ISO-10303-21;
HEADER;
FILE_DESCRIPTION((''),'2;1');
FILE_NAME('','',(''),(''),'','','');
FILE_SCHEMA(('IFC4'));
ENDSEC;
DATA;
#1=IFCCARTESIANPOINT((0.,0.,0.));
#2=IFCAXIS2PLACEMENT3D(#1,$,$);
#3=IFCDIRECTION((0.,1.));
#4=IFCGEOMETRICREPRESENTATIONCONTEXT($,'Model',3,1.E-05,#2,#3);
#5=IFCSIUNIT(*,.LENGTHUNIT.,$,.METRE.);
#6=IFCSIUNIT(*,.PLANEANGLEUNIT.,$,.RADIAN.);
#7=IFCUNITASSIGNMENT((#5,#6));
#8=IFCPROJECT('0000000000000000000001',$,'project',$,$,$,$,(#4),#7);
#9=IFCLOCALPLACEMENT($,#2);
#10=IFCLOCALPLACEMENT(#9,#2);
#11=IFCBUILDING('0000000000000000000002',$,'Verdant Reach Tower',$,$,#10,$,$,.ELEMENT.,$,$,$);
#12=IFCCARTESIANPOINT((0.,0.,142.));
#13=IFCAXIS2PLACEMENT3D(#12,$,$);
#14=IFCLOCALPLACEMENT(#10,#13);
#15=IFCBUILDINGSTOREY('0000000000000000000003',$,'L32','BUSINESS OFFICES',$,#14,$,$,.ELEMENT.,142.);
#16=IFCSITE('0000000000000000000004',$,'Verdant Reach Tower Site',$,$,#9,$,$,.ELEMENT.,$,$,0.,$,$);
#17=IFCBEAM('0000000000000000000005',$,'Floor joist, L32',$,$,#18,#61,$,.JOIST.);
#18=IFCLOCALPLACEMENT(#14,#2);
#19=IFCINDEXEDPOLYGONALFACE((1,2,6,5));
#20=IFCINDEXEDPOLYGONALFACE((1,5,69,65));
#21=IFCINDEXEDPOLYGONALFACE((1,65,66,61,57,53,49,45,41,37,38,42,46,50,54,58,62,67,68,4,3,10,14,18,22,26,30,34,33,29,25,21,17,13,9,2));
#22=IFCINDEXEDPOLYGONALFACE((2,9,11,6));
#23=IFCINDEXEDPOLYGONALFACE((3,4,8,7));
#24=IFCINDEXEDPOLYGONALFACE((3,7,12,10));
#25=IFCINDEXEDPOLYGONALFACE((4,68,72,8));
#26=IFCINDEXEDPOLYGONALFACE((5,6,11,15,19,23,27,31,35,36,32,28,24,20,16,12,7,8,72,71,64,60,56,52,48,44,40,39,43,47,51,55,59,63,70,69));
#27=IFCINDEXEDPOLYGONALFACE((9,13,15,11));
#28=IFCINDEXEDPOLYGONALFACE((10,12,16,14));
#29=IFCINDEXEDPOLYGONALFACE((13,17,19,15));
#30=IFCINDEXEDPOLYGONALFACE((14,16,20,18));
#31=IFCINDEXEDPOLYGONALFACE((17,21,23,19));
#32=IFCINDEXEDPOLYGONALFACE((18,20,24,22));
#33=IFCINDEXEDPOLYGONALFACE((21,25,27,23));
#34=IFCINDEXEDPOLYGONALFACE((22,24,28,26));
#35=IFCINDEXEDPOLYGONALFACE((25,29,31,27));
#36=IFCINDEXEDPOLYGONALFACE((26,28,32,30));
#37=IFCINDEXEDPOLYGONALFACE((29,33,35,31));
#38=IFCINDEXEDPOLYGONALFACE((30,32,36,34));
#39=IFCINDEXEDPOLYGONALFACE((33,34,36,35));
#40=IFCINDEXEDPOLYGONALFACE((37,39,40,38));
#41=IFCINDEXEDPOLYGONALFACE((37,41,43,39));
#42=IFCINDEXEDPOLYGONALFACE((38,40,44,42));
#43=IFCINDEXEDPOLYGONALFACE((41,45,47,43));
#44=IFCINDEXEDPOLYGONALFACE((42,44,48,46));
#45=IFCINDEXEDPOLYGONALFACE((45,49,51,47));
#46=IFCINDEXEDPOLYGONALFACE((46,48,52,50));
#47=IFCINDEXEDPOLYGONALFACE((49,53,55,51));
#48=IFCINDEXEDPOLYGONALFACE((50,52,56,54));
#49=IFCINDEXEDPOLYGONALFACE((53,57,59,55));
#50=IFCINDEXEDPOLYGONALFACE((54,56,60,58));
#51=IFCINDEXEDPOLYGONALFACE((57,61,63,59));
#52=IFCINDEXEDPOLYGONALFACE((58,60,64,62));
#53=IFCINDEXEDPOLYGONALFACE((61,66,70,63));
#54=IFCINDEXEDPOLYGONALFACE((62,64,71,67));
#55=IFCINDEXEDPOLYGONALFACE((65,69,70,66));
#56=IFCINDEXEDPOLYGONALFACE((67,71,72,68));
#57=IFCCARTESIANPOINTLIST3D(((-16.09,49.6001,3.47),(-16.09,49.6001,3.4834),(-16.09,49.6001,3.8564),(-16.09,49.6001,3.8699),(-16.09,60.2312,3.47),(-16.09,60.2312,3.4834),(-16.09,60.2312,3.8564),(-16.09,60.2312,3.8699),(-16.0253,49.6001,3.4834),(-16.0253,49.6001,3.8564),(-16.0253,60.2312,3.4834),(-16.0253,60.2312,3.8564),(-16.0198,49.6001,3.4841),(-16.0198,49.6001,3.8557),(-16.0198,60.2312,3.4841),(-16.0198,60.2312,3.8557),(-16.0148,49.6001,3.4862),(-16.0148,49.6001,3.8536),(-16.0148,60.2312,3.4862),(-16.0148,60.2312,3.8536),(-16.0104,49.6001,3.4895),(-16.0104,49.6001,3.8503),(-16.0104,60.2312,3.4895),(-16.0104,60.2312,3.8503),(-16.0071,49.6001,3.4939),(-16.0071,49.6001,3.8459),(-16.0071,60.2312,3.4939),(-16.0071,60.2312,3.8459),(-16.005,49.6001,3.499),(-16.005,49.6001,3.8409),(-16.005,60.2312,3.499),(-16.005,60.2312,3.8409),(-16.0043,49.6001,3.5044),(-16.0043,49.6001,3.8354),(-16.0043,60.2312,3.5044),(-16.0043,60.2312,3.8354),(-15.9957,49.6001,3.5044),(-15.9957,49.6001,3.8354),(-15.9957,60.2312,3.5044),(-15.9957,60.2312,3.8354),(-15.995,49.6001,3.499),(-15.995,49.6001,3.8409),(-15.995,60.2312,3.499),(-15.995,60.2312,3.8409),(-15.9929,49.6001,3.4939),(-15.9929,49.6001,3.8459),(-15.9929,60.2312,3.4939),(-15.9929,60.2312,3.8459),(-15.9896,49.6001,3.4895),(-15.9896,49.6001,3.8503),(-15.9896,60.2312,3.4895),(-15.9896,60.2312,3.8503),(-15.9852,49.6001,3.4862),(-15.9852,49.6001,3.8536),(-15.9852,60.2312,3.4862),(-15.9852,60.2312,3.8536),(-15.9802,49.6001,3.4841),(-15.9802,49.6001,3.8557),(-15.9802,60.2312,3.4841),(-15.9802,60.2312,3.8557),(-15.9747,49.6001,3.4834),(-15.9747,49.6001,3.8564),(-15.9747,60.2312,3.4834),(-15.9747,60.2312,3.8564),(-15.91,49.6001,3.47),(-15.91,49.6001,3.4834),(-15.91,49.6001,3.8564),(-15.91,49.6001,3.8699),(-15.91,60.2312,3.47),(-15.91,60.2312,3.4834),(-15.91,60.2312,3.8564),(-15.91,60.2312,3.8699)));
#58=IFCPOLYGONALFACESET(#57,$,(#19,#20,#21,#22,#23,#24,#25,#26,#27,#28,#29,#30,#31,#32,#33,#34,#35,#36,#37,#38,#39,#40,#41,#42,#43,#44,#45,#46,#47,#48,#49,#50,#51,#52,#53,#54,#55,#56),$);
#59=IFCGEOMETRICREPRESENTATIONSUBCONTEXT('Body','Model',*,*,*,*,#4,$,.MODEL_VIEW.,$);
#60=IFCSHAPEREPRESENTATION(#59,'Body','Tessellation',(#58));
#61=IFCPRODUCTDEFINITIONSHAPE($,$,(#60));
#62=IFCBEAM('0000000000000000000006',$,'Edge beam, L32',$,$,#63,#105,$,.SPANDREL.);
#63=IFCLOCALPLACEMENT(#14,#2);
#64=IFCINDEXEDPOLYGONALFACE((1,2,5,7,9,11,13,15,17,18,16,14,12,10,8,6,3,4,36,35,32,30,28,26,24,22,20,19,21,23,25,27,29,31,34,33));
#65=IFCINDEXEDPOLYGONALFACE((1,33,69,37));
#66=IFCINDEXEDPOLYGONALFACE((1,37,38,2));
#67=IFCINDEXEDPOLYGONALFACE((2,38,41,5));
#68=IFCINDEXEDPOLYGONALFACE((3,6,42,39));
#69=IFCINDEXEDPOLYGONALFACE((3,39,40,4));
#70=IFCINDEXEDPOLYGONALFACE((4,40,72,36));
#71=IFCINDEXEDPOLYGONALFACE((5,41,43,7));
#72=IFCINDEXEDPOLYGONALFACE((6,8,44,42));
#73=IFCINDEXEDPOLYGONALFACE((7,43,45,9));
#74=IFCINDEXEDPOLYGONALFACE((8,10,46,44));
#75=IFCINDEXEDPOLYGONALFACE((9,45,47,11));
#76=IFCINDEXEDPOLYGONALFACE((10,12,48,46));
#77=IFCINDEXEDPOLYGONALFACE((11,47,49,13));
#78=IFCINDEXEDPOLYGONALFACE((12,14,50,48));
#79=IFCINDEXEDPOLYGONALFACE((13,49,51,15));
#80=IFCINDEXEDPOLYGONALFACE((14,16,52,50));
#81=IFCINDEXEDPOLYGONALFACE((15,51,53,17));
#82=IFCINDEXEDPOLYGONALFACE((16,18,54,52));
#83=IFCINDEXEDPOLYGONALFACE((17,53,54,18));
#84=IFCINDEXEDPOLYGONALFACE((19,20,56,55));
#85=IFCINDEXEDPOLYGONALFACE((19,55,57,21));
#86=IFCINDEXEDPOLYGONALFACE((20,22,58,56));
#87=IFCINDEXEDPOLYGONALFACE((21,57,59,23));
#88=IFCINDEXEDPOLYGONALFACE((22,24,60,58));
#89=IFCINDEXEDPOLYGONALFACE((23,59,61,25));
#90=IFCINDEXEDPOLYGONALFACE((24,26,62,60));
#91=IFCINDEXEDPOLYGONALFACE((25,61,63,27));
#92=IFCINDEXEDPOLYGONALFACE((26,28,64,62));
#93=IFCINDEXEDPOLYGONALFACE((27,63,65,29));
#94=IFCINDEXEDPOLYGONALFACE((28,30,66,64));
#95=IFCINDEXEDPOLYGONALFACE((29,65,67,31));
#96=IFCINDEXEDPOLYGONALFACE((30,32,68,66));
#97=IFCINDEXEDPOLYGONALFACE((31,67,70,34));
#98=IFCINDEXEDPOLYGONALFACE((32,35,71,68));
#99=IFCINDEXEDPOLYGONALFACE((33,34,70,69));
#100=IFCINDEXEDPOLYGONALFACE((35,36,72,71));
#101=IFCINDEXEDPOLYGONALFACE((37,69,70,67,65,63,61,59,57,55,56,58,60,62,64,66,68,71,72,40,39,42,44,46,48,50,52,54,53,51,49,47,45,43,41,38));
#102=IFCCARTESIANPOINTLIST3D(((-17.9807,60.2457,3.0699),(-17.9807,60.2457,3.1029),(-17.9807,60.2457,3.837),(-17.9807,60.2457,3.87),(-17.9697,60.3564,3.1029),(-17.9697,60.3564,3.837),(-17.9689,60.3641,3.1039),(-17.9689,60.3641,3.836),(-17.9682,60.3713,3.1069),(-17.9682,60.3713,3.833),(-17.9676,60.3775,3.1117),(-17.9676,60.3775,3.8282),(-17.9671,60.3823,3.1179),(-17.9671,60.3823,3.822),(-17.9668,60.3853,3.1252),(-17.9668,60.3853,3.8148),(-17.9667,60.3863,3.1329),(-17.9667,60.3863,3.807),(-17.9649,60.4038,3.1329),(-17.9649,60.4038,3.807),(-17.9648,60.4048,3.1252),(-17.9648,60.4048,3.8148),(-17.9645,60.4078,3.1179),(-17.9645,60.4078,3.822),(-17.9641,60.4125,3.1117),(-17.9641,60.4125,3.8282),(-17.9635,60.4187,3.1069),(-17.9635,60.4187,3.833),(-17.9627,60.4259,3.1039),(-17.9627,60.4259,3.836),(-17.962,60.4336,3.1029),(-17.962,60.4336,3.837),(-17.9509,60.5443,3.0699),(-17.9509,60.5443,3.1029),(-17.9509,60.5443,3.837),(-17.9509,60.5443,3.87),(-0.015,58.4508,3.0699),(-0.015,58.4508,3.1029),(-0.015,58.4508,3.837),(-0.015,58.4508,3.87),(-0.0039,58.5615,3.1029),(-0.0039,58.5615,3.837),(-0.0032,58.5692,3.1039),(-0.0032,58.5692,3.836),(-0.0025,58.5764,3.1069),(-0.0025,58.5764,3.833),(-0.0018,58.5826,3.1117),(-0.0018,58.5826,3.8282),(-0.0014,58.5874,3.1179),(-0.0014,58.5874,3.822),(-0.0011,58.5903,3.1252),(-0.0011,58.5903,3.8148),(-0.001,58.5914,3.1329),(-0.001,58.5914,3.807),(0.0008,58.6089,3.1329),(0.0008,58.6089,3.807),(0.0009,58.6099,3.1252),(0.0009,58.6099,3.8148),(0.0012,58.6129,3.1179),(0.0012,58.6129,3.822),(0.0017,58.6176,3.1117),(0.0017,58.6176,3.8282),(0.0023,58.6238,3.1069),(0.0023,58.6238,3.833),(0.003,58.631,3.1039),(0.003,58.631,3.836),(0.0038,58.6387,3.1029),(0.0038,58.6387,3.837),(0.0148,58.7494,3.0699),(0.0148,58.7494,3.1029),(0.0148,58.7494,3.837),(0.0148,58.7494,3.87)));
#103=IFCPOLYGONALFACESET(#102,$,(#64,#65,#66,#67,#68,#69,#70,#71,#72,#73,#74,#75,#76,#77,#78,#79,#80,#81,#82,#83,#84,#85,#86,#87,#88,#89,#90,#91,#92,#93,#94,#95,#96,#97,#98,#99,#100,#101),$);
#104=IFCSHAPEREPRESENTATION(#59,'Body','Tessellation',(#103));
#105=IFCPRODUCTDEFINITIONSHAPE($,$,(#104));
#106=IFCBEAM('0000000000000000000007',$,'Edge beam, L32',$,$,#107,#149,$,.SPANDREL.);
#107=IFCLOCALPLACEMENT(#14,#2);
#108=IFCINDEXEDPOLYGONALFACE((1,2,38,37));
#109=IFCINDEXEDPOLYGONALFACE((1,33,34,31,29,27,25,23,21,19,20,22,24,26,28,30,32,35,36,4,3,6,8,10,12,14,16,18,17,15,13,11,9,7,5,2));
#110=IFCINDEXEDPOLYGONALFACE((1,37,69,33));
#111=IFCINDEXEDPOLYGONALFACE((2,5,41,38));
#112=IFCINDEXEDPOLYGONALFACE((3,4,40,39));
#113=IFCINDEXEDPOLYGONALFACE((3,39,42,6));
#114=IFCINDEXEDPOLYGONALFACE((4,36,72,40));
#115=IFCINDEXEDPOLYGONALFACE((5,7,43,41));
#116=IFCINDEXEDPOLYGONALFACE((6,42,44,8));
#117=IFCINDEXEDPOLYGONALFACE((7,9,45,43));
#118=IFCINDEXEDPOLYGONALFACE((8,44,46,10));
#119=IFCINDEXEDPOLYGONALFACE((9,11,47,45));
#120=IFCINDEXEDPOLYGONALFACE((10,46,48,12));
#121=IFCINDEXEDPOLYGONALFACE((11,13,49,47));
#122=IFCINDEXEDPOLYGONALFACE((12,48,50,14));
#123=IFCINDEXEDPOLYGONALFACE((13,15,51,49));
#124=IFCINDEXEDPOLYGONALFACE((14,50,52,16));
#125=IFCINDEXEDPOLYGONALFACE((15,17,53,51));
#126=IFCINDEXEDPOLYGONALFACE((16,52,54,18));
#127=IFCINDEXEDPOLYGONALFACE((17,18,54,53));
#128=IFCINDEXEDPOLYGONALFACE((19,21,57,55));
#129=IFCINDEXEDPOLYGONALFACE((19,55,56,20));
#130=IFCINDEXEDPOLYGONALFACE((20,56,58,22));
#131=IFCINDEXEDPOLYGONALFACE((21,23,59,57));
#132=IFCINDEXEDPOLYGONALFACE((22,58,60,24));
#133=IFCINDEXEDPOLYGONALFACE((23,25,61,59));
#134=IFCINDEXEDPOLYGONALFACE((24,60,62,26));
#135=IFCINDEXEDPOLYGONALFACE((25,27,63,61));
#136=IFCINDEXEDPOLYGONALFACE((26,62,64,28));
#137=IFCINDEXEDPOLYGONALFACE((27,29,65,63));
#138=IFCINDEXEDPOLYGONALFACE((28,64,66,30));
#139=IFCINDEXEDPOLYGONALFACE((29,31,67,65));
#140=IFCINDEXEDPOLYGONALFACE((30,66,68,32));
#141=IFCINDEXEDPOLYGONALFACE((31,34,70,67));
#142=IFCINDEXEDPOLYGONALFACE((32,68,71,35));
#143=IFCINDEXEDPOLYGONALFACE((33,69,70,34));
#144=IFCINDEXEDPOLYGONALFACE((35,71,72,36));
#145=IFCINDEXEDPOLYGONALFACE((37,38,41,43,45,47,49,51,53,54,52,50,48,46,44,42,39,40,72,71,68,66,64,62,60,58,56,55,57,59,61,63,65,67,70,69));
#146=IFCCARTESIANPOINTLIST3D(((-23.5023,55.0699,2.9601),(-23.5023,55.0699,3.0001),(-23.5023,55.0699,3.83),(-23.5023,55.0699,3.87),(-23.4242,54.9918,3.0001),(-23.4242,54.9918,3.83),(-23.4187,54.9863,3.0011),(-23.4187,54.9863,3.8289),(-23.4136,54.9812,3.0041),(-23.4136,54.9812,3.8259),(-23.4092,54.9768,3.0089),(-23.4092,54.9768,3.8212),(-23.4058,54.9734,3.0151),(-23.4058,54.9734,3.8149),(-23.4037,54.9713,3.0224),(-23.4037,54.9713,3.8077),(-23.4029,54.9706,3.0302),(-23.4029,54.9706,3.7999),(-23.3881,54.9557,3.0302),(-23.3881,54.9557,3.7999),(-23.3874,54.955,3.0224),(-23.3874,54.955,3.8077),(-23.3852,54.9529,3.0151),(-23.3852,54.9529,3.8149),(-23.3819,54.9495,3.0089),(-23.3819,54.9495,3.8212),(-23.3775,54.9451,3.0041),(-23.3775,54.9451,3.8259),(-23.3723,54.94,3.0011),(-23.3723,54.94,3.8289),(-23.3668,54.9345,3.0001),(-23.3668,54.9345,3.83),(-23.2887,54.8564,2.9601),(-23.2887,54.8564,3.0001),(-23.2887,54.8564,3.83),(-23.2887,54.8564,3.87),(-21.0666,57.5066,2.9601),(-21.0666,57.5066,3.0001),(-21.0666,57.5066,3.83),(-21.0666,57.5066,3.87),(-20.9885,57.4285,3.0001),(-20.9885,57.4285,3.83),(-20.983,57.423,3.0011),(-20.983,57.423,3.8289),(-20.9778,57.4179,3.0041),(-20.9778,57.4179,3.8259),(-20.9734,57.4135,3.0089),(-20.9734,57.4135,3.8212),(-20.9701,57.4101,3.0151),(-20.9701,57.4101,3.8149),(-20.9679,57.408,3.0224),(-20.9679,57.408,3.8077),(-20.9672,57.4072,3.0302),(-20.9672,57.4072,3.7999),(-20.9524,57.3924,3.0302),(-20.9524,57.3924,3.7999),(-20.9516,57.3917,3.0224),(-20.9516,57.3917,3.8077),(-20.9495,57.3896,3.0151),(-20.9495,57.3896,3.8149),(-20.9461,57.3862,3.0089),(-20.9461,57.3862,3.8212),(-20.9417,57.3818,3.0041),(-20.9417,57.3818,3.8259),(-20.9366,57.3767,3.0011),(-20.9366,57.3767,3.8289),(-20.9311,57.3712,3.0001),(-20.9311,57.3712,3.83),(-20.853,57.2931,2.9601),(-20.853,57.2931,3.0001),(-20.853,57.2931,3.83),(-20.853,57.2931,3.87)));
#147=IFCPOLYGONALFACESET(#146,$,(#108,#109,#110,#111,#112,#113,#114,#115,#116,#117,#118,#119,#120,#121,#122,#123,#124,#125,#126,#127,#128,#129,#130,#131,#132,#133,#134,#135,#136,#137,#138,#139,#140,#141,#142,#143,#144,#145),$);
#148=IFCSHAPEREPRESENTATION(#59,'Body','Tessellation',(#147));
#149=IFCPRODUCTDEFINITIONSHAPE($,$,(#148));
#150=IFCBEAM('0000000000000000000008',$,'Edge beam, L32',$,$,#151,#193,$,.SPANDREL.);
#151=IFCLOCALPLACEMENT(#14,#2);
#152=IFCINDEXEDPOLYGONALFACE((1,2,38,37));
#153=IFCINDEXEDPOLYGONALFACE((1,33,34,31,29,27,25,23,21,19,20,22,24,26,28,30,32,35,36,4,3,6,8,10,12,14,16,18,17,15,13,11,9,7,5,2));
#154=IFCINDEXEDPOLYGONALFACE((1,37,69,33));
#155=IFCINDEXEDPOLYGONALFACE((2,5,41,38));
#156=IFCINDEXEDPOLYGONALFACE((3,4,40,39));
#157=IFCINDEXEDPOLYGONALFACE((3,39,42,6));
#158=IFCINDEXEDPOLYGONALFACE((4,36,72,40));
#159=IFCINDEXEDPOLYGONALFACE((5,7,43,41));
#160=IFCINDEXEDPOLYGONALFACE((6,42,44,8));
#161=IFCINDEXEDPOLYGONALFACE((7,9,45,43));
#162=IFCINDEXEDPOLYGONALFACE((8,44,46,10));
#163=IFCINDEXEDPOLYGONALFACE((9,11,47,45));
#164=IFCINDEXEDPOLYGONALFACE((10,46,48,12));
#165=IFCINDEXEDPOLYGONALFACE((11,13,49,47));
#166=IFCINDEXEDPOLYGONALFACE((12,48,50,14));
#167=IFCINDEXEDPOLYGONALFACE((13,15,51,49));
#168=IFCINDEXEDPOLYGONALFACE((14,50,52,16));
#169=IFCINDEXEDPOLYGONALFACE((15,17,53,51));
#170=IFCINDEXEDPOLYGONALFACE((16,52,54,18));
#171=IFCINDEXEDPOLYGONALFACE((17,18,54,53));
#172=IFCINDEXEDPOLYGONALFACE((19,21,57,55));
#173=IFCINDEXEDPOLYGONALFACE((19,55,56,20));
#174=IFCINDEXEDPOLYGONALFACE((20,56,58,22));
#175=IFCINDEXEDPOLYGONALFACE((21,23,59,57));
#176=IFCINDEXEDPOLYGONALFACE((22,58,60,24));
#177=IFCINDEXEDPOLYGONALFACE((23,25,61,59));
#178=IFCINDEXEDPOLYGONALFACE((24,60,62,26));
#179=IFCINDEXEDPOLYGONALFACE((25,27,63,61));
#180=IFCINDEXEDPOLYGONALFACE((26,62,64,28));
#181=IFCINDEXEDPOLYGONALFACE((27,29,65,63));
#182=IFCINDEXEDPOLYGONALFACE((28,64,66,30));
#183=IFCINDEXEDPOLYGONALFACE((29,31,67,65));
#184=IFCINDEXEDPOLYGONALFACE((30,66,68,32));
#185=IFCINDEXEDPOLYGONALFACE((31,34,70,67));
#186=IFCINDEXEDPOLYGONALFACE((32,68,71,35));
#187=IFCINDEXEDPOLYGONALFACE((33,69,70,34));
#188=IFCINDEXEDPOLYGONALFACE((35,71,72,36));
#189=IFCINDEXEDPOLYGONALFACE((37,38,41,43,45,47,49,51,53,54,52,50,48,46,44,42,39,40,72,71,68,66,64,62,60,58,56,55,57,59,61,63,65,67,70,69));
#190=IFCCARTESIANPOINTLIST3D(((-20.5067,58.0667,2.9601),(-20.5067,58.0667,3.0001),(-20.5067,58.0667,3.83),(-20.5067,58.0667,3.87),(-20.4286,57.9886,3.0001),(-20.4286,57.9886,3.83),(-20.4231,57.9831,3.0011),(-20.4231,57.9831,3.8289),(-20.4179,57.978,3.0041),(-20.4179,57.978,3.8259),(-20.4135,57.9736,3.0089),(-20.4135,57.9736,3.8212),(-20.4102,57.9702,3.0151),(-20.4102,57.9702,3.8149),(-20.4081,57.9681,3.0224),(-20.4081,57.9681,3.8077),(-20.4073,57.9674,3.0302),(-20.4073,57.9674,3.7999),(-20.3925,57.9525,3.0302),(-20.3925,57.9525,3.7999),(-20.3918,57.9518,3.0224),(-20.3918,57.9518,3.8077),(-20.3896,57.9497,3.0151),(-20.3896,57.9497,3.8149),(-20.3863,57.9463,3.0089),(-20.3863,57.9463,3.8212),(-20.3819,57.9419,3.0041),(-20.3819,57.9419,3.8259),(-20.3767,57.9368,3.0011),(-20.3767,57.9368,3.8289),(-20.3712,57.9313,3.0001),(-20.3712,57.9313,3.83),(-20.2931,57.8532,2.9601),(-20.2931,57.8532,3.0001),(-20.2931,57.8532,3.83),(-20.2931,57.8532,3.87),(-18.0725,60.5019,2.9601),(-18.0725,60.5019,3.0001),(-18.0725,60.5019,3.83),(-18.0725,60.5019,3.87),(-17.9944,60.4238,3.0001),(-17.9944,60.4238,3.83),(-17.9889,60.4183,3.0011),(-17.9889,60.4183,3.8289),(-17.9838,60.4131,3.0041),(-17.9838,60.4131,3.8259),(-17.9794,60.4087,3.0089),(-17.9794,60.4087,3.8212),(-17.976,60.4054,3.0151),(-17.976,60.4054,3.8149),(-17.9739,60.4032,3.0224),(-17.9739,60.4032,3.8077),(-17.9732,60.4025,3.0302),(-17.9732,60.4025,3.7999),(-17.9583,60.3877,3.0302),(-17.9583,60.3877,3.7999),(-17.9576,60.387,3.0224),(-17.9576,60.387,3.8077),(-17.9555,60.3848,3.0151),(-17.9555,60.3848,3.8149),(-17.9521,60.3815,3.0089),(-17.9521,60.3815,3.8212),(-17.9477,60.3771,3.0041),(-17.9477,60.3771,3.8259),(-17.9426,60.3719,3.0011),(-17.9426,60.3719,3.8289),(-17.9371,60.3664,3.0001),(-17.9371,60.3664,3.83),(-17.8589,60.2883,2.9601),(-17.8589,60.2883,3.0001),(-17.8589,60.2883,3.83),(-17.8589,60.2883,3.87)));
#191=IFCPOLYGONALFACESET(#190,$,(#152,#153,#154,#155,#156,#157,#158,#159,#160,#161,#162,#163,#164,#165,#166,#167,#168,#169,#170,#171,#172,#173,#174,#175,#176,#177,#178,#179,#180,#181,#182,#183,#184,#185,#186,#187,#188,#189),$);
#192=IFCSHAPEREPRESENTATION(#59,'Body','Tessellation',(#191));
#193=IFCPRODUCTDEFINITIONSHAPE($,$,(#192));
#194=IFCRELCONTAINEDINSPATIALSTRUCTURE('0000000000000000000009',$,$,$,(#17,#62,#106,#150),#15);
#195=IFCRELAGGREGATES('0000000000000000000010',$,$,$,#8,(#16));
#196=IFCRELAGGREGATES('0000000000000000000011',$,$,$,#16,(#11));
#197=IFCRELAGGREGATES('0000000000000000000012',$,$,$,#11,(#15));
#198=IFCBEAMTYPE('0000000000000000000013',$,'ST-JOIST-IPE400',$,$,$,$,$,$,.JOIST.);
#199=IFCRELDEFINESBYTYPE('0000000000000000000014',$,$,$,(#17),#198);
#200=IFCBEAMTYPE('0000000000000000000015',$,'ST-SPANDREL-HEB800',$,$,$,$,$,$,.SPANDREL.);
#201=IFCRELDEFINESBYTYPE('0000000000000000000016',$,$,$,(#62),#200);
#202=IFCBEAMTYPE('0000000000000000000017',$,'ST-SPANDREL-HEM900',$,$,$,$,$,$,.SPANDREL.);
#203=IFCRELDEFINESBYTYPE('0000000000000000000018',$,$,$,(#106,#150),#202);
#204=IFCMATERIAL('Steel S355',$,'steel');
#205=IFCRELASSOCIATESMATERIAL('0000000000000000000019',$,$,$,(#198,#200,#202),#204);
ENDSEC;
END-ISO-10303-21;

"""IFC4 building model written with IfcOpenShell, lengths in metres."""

from ifc_helpers import new_model, si_unit, direction, frame, origin, origin_2d, place, context, subcontext, project, spatial, i_section, extrude, material, material_profile, profile_set, type_object, element, save


model = new_model("IFC4")

# Units and contexts
model_context = context("Model", 3, precision=1e-05, world=origin(), true_north=direction((0.0, 1.0)))
body_context = subcontext(model_context, "Body", "Model", "MODEL_VIEW")
ifc_project = project(units=[si_unit("LENGTHUNIT", "METRE"), si_unit("PLANEANGLEUNIT", "RADIAN")], contexts=[model_context])

# Site, building, storey
site_placement = place(None, origin())
site = spatial("IfcSite", under=ifc_project, at=site_placement, Name="Verdant Reach Tower Site", CompositionType="ELEMENT", RefElevation=0.0)
building_placement = place(site_placement, origin())
building = spatial("IfcBuilding", under=site, at=building_placement, Name="Verdant Reach Tower", CompositionType="ELEMENT")
storey_placement = place(building_placement, frame((0.0, 0.0, 142.0)))
storey = spatial("IfcBuildingStorey", under=building, at=storey_placement, Name="L32", Description="BUSINESS OFFICES", CompositionType="ELEMENT", Elevation=142.0)

# Beams
ifc_material_1 = material(Name="Steel S355", Category="steel")
ifc_material_profile_1 = material_profile(ifc_material_1, i_section(OverallWidth=0.1799, OverallDepth=0.3999, WebThickness=0.0085, FlangeThickness=0.0134, FilletRadius=0.021, at=origin_2d()), Name="IPE 400")
ifc_profile_set_1 = profile_set([ifc_material_profile_1], Name="Steel S355")
beam_type_1 = type_object("IfcBeamType", Name="ST-JOIST-IPE400", PredefinedType="JOIST", material=ifc_profile_set_1)
beam_1_placement = place(storey_placement, frame((-16.0, 49.6001, 3.6699), z_axis=(0.0, 1.0, 0.0), x_axis=(-1.0, 0.0, 0.0)))
element("IfcBeam", 1, at=beam_1_placement, inside=storey, type_object=beam_type_1, Name="Floor joist, L32", PredefinedType="JOIST", context=body_context, shape_type="SweptSolid", body=[
    extrude(i_section(OverallWidth=0.1799, OverallDepth=0.3999, WebThickness=0.0085, FlangeThickness=0.0134, FilletRadius=0.021, at=origin_2d()), origin(), (0.0, 0.0, 1.0), 10.6311),
])
ifc_material_profile_2 = material_profile(ifc_material_1, i_section(OverallWidth=0.3, OverallDepth=0.8, WebThickness=0.0176, FlangeThickness=0.033, FilletRadius=0.03, at=origin_2d()), Name="HEB 800")
ifc_profile_set_2 = profile_set([ifc_material_profile_2], Name="Steel S355")
beam_type_2 = type_object("IfcBeamType", Name="ST-SPANDREL-HEB800", PredefinedType="SPANDREL", material=ifc_profile_set_2)
beam_2_placement = place(storey_placement, frame((-17.9658, 60.395, 3.47), z_axis=(0.995046, -0.099413, 0.0), x_axis=(0.099413, 0.995046, 0.0)))
element("IfcBeam", 2, at=beam_2_placement, inside=storey, type_object=beam_type_2, Name="Edge beam, L32", PredefinedType="SPANDREL", context=body_context, shape_type="SweptSolid", body=[
    extrude(i_section(OverallWidth=0.3, OverallDepth=0.8, WebThickness=0.0176, FlangeThickness=0.033, FilletRadius=0.03, at=origin_2d()), origin(), (0.0, 0.0, 1.0), 18.0552),
])
ifc_material_profile_3 = material_profile(ifc_material_1, i_section(OverallWidth=0.302, OverallDepth=0.9099, WebThickness=0.021, FlangeThickness=0.04, FilletRadius=0.03, at=origin_2d()), Name="HEM 900")
ifc_profile_set_3 = profile_set([ifc_material_profile_3], Name="Steel S355")
beam_type_3 = type_object("IfcBeamType", Name="ST-SPANDREL-HEM900", PredefinedType="SPANDREL", material=ifc_profile_set_3)
beam_3_placement = place(storey_placement, frame((-23.3955, 54.9631, 3.415), z_axis=(0.706965, 0.707248, 0.0), x_axis=(-0.707248, 0.706965, 0.0)))
element("IfcBeam", 3, at=beam_3_placement, inside=storey, type_object=beam_type_3, Name="Edge beam, L32", PredefinedType="SPANDREL", context=body_context, shape_type="SweptSolid", body=[
    extrude(i_section(OverallWidth=0.302, OverallDepth=0.9099, WebThickness=0.021, FlangeThickness=0.04, FilletRadius=0.03, at=origin_2d()), origin(), (0.0, 0.0, 1.0), 3.4453),
])
beam_4_placement = place(storey_placement, frame((-20.3999, 57.96, 3.415), z_axis=(0.706965, 0.707249, 0.0), x_axis=(-0.707249, 0.706965, 0.0)))
element("IfcBeam", 4, at=beam_4_placement, inside=storey, type_object=beam_type_3, Name="Edge beam, L32", PredefinedType="SPANDREL", context=body_context, shape_type="SweptSolid", body=[
    extrude(i_section(OverallWidth=0.302, OverallDepth=0.9099, WebThickness=0.021, FlangeThickness=0.04, FilletRadius=0.03, at=origin_2d()), origin(), (0.0, 0.0, 1.0), 3.4431),
])

save(model, "model.ifc")
